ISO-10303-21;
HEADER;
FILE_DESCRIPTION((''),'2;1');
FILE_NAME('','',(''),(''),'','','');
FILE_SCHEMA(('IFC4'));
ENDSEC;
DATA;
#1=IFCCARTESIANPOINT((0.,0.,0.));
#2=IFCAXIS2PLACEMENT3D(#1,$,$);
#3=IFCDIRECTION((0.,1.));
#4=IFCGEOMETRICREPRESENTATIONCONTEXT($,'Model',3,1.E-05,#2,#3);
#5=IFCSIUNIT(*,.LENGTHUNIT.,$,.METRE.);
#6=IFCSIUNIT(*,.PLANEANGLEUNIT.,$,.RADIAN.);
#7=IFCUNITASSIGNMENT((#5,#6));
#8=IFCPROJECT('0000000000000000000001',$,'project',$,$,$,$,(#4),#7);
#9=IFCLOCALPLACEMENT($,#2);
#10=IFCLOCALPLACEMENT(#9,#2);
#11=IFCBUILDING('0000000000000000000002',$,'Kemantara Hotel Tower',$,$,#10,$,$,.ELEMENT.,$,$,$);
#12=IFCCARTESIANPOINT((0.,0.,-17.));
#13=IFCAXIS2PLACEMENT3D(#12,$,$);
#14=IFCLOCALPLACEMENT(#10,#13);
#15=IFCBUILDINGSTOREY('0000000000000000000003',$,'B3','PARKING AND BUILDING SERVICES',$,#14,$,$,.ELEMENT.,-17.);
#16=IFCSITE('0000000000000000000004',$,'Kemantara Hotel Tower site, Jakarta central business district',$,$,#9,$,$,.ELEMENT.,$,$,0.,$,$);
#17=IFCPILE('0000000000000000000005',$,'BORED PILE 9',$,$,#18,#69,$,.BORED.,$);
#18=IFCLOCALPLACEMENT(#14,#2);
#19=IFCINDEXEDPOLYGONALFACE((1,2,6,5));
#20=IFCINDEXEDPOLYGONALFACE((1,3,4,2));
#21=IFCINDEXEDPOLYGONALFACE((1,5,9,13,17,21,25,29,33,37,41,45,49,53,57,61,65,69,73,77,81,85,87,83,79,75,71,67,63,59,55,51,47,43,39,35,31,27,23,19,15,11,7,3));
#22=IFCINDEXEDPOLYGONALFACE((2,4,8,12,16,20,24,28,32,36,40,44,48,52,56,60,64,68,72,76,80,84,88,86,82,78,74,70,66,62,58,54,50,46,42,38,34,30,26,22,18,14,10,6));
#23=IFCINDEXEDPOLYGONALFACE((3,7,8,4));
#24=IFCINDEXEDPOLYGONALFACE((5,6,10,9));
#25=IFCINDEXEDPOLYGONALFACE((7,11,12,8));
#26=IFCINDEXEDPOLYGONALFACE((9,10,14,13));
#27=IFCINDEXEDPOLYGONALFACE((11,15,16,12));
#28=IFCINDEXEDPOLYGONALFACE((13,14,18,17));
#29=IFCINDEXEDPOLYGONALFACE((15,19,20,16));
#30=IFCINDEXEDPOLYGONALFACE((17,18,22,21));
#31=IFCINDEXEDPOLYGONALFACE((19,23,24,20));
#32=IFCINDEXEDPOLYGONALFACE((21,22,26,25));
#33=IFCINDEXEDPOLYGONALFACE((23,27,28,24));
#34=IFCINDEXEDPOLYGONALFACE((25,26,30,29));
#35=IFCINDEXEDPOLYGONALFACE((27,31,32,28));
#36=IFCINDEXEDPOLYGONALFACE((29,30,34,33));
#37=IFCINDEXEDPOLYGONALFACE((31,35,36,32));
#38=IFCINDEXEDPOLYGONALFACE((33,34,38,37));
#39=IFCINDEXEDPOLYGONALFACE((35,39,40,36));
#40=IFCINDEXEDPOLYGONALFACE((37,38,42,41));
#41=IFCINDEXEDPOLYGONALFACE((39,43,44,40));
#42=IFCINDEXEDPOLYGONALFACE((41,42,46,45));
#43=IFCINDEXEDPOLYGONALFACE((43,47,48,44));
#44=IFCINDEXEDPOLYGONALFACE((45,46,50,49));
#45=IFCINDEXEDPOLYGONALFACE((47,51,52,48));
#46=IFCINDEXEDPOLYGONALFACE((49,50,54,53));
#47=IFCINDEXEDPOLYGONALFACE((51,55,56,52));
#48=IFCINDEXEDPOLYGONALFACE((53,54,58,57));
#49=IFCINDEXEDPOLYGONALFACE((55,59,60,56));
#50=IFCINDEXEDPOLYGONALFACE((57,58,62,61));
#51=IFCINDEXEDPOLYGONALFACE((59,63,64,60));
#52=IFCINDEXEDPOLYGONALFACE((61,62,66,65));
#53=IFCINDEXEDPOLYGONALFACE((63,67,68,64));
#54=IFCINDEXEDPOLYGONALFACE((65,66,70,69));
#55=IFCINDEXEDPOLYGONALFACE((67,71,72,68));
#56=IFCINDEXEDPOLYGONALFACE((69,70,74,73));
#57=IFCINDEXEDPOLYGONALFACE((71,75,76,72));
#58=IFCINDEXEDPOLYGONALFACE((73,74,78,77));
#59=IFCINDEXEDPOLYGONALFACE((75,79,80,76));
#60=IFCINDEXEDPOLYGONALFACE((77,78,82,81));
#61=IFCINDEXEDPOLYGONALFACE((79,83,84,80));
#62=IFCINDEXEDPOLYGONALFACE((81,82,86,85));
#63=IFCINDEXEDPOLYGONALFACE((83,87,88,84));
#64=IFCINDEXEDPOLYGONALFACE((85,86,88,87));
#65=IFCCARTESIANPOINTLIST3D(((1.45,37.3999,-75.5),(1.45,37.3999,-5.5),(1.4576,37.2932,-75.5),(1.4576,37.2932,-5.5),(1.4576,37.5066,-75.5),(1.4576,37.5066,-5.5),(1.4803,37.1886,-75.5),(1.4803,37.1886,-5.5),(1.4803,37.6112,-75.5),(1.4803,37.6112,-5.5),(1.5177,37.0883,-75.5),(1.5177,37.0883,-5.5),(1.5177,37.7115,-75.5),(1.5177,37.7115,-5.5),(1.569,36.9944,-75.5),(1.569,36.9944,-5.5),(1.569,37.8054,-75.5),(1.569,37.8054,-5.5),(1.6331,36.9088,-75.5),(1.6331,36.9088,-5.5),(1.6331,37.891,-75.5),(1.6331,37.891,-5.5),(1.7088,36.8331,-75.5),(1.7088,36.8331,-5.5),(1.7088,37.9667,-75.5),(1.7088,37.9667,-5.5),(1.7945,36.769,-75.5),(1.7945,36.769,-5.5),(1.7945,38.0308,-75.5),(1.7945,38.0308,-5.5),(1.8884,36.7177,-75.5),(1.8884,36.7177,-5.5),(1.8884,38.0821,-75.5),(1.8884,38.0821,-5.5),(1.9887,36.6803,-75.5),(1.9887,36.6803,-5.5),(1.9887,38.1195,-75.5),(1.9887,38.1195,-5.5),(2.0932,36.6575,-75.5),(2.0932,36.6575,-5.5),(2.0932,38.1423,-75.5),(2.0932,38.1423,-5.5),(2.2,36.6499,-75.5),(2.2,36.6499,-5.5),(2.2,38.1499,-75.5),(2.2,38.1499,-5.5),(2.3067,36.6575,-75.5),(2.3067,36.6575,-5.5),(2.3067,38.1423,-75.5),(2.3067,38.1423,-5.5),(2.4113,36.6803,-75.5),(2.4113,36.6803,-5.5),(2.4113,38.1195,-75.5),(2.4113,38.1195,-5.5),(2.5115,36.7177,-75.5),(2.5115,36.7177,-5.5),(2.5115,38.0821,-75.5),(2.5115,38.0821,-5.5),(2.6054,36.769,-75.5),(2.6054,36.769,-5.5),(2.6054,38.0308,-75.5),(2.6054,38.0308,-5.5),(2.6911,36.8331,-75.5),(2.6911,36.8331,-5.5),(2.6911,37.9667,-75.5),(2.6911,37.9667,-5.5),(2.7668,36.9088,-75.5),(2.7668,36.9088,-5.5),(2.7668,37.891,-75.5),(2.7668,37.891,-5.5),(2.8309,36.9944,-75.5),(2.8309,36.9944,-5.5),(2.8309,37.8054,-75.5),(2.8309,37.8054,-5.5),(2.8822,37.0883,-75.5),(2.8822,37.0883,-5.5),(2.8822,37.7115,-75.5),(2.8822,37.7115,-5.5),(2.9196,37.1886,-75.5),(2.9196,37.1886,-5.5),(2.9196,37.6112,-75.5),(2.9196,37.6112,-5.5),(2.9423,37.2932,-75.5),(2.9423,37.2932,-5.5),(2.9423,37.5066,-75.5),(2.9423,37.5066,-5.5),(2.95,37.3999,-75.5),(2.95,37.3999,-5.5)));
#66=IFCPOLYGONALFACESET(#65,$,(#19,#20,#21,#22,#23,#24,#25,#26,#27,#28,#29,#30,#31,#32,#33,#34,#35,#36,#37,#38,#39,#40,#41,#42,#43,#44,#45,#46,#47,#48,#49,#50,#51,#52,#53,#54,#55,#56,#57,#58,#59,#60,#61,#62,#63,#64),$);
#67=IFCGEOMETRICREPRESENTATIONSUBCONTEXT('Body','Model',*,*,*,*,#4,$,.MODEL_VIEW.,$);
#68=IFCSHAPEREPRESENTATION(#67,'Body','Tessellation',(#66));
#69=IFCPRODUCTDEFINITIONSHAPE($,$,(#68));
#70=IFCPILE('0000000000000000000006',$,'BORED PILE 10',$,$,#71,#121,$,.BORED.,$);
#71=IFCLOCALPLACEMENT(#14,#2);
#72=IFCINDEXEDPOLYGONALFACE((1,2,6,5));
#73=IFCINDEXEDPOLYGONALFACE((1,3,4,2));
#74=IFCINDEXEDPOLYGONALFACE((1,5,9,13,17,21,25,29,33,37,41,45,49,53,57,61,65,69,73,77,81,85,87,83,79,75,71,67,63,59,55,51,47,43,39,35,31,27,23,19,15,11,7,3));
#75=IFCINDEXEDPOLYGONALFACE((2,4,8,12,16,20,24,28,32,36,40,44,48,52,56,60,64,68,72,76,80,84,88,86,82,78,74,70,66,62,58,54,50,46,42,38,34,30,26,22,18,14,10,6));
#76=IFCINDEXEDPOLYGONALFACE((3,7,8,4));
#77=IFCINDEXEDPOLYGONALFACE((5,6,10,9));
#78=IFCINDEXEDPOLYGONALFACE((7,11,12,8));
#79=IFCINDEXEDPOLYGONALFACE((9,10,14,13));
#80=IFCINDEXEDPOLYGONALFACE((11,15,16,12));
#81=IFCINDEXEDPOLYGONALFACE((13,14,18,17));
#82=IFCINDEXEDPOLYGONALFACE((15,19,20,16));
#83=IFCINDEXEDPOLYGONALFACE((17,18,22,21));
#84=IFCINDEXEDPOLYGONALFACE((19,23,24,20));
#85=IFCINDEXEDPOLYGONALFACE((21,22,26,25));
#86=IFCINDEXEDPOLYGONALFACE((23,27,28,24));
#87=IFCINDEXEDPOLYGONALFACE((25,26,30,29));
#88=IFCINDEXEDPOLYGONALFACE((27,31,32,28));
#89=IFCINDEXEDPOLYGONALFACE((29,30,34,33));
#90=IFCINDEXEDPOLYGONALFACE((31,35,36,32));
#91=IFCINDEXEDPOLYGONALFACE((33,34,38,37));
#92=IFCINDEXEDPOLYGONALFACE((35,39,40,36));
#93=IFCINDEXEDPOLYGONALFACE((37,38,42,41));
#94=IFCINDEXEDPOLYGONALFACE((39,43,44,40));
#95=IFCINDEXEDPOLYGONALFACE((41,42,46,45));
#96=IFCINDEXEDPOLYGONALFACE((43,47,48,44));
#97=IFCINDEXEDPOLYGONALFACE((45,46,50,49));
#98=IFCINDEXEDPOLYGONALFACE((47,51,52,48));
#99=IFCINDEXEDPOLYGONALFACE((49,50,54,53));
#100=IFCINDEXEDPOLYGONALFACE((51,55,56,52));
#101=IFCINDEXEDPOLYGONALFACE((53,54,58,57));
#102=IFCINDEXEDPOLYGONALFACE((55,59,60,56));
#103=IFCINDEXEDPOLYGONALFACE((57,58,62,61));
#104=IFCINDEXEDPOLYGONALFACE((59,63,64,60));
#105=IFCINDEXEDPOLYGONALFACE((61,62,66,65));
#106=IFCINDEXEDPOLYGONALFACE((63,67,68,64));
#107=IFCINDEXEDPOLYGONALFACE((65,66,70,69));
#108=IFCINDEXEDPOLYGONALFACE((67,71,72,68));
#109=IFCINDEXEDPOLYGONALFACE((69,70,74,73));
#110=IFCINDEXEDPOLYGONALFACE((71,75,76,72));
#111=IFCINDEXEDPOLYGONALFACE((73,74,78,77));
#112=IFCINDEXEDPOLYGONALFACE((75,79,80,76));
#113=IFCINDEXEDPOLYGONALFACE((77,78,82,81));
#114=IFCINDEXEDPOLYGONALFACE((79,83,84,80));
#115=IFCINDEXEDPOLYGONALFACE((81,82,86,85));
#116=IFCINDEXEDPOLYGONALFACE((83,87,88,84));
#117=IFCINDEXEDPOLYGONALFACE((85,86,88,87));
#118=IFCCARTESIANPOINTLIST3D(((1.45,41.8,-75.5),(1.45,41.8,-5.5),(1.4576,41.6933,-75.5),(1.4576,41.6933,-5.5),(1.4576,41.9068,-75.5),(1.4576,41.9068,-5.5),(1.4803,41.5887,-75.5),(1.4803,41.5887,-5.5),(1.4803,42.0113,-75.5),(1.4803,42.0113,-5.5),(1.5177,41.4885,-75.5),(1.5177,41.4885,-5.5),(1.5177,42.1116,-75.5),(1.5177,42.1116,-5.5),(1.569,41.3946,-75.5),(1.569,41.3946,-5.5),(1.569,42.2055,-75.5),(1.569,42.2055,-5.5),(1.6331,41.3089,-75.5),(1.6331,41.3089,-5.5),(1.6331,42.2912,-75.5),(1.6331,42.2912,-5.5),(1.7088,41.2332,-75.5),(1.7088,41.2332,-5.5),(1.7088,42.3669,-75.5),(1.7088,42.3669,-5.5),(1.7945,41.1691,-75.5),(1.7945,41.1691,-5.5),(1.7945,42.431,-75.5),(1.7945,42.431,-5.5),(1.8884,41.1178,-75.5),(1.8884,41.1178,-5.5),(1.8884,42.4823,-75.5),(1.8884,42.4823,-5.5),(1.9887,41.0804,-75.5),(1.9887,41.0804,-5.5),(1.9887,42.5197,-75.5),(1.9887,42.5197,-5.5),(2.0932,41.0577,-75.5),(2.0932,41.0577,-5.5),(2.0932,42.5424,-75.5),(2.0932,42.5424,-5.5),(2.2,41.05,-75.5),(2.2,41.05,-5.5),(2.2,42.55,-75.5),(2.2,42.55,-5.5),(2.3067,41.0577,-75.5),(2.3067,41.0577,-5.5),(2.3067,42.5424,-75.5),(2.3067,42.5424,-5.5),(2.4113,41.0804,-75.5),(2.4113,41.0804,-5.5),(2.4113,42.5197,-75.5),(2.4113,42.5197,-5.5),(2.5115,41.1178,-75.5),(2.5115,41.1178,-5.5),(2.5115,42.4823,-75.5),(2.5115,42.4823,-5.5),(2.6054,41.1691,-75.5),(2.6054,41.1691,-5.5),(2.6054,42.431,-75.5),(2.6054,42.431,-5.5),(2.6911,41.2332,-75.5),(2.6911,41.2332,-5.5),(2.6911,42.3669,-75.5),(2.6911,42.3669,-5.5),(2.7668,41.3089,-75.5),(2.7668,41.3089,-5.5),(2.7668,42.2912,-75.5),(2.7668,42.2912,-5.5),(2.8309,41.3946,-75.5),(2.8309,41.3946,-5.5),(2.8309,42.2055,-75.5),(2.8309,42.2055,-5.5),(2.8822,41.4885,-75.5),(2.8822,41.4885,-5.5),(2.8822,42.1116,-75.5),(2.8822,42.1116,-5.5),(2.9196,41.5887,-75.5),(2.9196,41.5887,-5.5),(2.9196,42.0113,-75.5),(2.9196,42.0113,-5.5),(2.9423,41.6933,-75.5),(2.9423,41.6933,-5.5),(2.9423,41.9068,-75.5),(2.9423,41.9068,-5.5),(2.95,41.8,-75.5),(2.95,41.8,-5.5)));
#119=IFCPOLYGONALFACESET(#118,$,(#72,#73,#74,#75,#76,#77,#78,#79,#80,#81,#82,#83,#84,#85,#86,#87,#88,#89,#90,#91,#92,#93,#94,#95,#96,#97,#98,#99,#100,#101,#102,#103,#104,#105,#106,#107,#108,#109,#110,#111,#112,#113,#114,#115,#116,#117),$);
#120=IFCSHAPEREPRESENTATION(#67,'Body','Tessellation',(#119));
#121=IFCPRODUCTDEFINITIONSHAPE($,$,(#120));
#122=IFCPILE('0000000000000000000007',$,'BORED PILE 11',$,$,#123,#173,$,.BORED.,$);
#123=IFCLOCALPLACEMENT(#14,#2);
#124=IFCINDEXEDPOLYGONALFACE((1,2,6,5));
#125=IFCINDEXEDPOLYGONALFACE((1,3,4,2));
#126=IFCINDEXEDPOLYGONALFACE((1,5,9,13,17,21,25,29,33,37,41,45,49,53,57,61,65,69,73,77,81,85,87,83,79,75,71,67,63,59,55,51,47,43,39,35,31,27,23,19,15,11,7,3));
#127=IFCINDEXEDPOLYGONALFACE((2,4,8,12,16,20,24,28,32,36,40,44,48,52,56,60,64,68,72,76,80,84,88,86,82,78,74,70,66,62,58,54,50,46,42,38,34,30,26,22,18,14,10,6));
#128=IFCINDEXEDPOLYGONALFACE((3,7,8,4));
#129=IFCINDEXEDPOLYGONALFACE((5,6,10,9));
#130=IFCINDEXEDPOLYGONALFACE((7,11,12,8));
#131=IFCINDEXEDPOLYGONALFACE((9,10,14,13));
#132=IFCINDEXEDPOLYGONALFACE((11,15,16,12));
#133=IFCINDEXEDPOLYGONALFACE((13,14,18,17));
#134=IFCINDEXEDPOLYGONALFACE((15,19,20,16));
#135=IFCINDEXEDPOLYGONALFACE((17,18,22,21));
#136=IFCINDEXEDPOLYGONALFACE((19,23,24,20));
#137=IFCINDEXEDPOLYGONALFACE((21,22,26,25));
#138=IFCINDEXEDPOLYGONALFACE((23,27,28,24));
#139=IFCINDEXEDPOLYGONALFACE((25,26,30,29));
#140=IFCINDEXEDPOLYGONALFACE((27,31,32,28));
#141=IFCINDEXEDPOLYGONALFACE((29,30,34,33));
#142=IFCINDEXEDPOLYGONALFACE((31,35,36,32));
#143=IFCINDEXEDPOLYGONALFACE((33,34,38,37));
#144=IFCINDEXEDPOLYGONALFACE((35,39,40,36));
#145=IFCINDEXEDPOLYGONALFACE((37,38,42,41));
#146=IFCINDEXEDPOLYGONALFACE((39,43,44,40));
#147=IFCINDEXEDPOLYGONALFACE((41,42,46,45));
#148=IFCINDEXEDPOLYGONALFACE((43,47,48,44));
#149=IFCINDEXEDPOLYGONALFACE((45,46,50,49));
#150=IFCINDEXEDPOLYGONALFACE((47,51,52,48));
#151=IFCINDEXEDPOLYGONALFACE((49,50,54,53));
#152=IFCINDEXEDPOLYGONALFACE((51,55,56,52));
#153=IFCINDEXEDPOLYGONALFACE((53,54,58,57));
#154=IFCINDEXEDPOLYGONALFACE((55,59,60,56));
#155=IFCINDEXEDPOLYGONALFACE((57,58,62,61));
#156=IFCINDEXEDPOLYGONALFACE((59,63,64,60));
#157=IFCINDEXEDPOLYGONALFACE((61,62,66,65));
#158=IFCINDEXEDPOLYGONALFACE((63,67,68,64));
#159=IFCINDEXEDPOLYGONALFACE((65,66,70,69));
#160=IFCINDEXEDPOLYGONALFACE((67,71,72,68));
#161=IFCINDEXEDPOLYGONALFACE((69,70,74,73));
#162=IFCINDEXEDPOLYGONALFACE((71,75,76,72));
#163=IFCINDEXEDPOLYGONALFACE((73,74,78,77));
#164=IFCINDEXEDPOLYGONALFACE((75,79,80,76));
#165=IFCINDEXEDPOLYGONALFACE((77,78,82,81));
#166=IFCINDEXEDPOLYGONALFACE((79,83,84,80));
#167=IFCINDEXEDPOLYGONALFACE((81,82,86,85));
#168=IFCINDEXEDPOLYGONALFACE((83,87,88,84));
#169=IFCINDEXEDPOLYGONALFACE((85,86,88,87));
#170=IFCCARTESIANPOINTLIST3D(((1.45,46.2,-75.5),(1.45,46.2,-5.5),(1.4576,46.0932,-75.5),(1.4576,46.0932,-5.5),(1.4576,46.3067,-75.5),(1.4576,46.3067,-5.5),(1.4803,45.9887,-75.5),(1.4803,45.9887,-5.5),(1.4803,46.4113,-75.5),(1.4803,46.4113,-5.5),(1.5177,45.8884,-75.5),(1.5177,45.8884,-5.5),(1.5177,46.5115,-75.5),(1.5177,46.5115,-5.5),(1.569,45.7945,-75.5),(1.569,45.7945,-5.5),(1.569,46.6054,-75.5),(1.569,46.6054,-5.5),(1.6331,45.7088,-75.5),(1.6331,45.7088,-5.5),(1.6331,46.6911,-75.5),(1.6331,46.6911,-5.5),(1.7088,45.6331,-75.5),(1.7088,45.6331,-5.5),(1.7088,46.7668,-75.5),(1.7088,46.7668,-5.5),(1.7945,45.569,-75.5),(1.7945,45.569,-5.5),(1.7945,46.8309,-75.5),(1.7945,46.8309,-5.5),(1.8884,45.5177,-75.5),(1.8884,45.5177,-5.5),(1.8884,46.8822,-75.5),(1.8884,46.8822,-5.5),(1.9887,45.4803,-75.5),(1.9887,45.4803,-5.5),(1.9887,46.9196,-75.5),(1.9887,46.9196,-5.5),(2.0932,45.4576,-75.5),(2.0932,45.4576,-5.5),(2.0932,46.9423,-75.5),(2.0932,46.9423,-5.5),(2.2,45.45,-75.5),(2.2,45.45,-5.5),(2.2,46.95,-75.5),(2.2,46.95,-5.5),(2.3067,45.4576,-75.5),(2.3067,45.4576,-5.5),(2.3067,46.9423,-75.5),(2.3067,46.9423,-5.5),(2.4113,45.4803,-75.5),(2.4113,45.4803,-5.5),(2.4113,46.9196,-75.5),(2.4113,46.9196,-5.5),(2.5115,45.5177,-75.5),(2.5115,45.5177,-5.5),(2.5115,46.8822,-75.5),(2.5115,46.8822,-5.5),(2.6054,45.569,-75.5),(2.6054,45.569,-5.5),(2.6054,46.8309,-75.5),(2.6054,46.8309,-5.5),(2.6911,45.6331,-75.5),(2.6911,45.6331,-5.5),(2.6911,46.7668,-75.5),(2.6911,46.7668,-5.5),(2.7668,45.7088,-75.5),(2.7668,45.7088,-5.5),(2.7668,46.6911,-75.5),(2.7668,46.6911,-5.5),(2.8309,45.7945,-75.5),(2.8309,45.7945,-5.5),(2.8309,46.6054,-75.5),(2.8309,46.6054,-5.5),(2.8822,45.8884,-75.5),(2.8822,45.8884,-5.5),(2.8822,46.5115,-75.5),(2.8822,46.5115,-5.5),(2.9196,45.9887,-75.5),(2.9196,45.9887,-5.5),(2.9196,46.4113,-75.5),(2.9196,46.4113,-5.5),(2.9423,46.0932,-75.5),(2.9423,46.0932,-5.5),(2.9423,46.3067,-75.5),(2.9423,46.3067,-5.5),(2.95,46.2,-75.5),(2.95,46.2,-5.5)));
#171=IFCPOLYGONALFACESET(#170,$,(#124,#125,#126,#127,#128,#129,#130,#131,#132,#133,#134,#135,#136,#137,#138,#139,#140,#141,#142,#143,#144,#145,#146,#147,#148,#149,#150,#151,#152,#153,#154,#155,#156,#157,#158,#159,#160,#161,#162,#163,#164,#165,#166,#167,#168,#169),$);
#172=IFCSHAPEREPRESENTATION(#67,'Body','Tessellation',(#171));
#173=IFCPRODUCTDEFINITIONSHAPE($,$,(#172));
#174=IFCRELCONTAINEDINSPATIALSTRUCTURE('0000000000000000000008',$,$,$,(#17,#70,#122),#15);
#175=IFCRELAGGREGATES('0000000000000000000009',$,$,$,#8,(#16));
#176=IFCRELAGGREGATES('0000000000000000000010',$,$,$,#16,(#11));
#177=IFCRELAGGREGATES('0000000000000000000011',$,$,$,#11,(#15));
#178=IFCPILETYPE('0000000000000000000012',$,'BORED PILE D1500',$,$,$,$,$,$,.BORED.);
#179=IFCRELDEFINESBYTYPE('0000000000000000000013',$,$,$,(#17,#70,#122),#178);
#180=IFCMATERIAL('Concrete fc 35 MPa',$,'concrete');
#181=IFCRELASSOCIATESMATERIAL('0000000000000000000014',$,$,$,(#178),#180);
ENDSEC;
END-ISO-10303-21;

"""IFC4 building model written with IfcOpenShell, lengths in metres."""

from ifc_helpers import new_model, si_unit, direction, frame, origin, origin_2d, place, context, subcontext, project, spatial, circle, extrude, material, material_profile, profile_set, type_object, element, save


model = new_model("IFC4")

# Units and contexts
model_context = context("Model", 3, precision=1e-05, world=origin(), true_north=direction((0.0, 1.0)))
body_context = subcontext(model_context, "Body", "Model", "MODEL_VIEW")
ifc_project = project(units=[si_unit("LENGTHUNIT", "METRE"), si_unit("PLANEANGLEUNIT", "RADIAN")], contexts=[model_context])

# Site, building, storey
site_placement = place(None, origin())
site = spatial("IfcSite", under=ifc_project, at=site_placement, Name="Kemantara Hotel Tower site, Jakarta central business district", CompositionType="ELEMENT", RefElevation=0.0)
building_placement = place(site_placement, origin())
building = spatial("IfcBuilding", under=site, at=building_placement, Name="Kemantara Hotel Tower", CompositionType="ELEMENT")
storey_placement = place(building_placement, frame((0.0, 0.0, -17.0)))
storey = spatial("IfcBuildingStorey", under=building, at=storey_placement, Name="B3", Description="PARKING AND BUILDING SERVICES", CompositionType="ELEMENT", Elevation=-17.0)

# Piles
ifc_material_1 = material(Name="Concrete fc 35 MPa", Category="concrete")
ifc_material_profile_1 = material_profile(ifc_material_1, circle(Radius=0.75, at=origin_2d()), Name="BORED PILE D1500")
ifc_profile_set_1 = profile_set([ifc_material_profile_1], Name="Concrete fc 35 MPa")
pile_type = type_object("IfcPileType", Name="BORED PILE D1500", PredefinedType="BORED", material=ifc_profile_set_1)
for number, where, z_axis, x_axis, name in (
    (1, (2.2, 37.3999, -5.5), (0.0, 0.0, -1.0), (1.0, 0.0, 0.0), "BORED PILE 9"),
    (2, (2.2, 41.8, -5.5), (0.0, 0.0, -1.0), (1.0, 0.0, 0.0), "BORED PILE 10"),
    (3, (2.2, 46.2, -5.5), (0.0, 0.0, -1.0), (1.0, 0.0, 0.0), "BORED PILE 11"),
):
    element("IfcPile", number, at=place(storey_placement, frame(where, z_axis=z_axis, x_axis=x_axis)), inside=storey, type_object=pile_type, Name=name, PredefinedType="BORED", context=body_context, shape_type="SweptSolid", body=[
        extrude(circle(Radius=0.75, at=origin_2d()), origin(), (0.0, 0.0, 1.0), 70.0),
    ])

save(model, "model.ifc")
